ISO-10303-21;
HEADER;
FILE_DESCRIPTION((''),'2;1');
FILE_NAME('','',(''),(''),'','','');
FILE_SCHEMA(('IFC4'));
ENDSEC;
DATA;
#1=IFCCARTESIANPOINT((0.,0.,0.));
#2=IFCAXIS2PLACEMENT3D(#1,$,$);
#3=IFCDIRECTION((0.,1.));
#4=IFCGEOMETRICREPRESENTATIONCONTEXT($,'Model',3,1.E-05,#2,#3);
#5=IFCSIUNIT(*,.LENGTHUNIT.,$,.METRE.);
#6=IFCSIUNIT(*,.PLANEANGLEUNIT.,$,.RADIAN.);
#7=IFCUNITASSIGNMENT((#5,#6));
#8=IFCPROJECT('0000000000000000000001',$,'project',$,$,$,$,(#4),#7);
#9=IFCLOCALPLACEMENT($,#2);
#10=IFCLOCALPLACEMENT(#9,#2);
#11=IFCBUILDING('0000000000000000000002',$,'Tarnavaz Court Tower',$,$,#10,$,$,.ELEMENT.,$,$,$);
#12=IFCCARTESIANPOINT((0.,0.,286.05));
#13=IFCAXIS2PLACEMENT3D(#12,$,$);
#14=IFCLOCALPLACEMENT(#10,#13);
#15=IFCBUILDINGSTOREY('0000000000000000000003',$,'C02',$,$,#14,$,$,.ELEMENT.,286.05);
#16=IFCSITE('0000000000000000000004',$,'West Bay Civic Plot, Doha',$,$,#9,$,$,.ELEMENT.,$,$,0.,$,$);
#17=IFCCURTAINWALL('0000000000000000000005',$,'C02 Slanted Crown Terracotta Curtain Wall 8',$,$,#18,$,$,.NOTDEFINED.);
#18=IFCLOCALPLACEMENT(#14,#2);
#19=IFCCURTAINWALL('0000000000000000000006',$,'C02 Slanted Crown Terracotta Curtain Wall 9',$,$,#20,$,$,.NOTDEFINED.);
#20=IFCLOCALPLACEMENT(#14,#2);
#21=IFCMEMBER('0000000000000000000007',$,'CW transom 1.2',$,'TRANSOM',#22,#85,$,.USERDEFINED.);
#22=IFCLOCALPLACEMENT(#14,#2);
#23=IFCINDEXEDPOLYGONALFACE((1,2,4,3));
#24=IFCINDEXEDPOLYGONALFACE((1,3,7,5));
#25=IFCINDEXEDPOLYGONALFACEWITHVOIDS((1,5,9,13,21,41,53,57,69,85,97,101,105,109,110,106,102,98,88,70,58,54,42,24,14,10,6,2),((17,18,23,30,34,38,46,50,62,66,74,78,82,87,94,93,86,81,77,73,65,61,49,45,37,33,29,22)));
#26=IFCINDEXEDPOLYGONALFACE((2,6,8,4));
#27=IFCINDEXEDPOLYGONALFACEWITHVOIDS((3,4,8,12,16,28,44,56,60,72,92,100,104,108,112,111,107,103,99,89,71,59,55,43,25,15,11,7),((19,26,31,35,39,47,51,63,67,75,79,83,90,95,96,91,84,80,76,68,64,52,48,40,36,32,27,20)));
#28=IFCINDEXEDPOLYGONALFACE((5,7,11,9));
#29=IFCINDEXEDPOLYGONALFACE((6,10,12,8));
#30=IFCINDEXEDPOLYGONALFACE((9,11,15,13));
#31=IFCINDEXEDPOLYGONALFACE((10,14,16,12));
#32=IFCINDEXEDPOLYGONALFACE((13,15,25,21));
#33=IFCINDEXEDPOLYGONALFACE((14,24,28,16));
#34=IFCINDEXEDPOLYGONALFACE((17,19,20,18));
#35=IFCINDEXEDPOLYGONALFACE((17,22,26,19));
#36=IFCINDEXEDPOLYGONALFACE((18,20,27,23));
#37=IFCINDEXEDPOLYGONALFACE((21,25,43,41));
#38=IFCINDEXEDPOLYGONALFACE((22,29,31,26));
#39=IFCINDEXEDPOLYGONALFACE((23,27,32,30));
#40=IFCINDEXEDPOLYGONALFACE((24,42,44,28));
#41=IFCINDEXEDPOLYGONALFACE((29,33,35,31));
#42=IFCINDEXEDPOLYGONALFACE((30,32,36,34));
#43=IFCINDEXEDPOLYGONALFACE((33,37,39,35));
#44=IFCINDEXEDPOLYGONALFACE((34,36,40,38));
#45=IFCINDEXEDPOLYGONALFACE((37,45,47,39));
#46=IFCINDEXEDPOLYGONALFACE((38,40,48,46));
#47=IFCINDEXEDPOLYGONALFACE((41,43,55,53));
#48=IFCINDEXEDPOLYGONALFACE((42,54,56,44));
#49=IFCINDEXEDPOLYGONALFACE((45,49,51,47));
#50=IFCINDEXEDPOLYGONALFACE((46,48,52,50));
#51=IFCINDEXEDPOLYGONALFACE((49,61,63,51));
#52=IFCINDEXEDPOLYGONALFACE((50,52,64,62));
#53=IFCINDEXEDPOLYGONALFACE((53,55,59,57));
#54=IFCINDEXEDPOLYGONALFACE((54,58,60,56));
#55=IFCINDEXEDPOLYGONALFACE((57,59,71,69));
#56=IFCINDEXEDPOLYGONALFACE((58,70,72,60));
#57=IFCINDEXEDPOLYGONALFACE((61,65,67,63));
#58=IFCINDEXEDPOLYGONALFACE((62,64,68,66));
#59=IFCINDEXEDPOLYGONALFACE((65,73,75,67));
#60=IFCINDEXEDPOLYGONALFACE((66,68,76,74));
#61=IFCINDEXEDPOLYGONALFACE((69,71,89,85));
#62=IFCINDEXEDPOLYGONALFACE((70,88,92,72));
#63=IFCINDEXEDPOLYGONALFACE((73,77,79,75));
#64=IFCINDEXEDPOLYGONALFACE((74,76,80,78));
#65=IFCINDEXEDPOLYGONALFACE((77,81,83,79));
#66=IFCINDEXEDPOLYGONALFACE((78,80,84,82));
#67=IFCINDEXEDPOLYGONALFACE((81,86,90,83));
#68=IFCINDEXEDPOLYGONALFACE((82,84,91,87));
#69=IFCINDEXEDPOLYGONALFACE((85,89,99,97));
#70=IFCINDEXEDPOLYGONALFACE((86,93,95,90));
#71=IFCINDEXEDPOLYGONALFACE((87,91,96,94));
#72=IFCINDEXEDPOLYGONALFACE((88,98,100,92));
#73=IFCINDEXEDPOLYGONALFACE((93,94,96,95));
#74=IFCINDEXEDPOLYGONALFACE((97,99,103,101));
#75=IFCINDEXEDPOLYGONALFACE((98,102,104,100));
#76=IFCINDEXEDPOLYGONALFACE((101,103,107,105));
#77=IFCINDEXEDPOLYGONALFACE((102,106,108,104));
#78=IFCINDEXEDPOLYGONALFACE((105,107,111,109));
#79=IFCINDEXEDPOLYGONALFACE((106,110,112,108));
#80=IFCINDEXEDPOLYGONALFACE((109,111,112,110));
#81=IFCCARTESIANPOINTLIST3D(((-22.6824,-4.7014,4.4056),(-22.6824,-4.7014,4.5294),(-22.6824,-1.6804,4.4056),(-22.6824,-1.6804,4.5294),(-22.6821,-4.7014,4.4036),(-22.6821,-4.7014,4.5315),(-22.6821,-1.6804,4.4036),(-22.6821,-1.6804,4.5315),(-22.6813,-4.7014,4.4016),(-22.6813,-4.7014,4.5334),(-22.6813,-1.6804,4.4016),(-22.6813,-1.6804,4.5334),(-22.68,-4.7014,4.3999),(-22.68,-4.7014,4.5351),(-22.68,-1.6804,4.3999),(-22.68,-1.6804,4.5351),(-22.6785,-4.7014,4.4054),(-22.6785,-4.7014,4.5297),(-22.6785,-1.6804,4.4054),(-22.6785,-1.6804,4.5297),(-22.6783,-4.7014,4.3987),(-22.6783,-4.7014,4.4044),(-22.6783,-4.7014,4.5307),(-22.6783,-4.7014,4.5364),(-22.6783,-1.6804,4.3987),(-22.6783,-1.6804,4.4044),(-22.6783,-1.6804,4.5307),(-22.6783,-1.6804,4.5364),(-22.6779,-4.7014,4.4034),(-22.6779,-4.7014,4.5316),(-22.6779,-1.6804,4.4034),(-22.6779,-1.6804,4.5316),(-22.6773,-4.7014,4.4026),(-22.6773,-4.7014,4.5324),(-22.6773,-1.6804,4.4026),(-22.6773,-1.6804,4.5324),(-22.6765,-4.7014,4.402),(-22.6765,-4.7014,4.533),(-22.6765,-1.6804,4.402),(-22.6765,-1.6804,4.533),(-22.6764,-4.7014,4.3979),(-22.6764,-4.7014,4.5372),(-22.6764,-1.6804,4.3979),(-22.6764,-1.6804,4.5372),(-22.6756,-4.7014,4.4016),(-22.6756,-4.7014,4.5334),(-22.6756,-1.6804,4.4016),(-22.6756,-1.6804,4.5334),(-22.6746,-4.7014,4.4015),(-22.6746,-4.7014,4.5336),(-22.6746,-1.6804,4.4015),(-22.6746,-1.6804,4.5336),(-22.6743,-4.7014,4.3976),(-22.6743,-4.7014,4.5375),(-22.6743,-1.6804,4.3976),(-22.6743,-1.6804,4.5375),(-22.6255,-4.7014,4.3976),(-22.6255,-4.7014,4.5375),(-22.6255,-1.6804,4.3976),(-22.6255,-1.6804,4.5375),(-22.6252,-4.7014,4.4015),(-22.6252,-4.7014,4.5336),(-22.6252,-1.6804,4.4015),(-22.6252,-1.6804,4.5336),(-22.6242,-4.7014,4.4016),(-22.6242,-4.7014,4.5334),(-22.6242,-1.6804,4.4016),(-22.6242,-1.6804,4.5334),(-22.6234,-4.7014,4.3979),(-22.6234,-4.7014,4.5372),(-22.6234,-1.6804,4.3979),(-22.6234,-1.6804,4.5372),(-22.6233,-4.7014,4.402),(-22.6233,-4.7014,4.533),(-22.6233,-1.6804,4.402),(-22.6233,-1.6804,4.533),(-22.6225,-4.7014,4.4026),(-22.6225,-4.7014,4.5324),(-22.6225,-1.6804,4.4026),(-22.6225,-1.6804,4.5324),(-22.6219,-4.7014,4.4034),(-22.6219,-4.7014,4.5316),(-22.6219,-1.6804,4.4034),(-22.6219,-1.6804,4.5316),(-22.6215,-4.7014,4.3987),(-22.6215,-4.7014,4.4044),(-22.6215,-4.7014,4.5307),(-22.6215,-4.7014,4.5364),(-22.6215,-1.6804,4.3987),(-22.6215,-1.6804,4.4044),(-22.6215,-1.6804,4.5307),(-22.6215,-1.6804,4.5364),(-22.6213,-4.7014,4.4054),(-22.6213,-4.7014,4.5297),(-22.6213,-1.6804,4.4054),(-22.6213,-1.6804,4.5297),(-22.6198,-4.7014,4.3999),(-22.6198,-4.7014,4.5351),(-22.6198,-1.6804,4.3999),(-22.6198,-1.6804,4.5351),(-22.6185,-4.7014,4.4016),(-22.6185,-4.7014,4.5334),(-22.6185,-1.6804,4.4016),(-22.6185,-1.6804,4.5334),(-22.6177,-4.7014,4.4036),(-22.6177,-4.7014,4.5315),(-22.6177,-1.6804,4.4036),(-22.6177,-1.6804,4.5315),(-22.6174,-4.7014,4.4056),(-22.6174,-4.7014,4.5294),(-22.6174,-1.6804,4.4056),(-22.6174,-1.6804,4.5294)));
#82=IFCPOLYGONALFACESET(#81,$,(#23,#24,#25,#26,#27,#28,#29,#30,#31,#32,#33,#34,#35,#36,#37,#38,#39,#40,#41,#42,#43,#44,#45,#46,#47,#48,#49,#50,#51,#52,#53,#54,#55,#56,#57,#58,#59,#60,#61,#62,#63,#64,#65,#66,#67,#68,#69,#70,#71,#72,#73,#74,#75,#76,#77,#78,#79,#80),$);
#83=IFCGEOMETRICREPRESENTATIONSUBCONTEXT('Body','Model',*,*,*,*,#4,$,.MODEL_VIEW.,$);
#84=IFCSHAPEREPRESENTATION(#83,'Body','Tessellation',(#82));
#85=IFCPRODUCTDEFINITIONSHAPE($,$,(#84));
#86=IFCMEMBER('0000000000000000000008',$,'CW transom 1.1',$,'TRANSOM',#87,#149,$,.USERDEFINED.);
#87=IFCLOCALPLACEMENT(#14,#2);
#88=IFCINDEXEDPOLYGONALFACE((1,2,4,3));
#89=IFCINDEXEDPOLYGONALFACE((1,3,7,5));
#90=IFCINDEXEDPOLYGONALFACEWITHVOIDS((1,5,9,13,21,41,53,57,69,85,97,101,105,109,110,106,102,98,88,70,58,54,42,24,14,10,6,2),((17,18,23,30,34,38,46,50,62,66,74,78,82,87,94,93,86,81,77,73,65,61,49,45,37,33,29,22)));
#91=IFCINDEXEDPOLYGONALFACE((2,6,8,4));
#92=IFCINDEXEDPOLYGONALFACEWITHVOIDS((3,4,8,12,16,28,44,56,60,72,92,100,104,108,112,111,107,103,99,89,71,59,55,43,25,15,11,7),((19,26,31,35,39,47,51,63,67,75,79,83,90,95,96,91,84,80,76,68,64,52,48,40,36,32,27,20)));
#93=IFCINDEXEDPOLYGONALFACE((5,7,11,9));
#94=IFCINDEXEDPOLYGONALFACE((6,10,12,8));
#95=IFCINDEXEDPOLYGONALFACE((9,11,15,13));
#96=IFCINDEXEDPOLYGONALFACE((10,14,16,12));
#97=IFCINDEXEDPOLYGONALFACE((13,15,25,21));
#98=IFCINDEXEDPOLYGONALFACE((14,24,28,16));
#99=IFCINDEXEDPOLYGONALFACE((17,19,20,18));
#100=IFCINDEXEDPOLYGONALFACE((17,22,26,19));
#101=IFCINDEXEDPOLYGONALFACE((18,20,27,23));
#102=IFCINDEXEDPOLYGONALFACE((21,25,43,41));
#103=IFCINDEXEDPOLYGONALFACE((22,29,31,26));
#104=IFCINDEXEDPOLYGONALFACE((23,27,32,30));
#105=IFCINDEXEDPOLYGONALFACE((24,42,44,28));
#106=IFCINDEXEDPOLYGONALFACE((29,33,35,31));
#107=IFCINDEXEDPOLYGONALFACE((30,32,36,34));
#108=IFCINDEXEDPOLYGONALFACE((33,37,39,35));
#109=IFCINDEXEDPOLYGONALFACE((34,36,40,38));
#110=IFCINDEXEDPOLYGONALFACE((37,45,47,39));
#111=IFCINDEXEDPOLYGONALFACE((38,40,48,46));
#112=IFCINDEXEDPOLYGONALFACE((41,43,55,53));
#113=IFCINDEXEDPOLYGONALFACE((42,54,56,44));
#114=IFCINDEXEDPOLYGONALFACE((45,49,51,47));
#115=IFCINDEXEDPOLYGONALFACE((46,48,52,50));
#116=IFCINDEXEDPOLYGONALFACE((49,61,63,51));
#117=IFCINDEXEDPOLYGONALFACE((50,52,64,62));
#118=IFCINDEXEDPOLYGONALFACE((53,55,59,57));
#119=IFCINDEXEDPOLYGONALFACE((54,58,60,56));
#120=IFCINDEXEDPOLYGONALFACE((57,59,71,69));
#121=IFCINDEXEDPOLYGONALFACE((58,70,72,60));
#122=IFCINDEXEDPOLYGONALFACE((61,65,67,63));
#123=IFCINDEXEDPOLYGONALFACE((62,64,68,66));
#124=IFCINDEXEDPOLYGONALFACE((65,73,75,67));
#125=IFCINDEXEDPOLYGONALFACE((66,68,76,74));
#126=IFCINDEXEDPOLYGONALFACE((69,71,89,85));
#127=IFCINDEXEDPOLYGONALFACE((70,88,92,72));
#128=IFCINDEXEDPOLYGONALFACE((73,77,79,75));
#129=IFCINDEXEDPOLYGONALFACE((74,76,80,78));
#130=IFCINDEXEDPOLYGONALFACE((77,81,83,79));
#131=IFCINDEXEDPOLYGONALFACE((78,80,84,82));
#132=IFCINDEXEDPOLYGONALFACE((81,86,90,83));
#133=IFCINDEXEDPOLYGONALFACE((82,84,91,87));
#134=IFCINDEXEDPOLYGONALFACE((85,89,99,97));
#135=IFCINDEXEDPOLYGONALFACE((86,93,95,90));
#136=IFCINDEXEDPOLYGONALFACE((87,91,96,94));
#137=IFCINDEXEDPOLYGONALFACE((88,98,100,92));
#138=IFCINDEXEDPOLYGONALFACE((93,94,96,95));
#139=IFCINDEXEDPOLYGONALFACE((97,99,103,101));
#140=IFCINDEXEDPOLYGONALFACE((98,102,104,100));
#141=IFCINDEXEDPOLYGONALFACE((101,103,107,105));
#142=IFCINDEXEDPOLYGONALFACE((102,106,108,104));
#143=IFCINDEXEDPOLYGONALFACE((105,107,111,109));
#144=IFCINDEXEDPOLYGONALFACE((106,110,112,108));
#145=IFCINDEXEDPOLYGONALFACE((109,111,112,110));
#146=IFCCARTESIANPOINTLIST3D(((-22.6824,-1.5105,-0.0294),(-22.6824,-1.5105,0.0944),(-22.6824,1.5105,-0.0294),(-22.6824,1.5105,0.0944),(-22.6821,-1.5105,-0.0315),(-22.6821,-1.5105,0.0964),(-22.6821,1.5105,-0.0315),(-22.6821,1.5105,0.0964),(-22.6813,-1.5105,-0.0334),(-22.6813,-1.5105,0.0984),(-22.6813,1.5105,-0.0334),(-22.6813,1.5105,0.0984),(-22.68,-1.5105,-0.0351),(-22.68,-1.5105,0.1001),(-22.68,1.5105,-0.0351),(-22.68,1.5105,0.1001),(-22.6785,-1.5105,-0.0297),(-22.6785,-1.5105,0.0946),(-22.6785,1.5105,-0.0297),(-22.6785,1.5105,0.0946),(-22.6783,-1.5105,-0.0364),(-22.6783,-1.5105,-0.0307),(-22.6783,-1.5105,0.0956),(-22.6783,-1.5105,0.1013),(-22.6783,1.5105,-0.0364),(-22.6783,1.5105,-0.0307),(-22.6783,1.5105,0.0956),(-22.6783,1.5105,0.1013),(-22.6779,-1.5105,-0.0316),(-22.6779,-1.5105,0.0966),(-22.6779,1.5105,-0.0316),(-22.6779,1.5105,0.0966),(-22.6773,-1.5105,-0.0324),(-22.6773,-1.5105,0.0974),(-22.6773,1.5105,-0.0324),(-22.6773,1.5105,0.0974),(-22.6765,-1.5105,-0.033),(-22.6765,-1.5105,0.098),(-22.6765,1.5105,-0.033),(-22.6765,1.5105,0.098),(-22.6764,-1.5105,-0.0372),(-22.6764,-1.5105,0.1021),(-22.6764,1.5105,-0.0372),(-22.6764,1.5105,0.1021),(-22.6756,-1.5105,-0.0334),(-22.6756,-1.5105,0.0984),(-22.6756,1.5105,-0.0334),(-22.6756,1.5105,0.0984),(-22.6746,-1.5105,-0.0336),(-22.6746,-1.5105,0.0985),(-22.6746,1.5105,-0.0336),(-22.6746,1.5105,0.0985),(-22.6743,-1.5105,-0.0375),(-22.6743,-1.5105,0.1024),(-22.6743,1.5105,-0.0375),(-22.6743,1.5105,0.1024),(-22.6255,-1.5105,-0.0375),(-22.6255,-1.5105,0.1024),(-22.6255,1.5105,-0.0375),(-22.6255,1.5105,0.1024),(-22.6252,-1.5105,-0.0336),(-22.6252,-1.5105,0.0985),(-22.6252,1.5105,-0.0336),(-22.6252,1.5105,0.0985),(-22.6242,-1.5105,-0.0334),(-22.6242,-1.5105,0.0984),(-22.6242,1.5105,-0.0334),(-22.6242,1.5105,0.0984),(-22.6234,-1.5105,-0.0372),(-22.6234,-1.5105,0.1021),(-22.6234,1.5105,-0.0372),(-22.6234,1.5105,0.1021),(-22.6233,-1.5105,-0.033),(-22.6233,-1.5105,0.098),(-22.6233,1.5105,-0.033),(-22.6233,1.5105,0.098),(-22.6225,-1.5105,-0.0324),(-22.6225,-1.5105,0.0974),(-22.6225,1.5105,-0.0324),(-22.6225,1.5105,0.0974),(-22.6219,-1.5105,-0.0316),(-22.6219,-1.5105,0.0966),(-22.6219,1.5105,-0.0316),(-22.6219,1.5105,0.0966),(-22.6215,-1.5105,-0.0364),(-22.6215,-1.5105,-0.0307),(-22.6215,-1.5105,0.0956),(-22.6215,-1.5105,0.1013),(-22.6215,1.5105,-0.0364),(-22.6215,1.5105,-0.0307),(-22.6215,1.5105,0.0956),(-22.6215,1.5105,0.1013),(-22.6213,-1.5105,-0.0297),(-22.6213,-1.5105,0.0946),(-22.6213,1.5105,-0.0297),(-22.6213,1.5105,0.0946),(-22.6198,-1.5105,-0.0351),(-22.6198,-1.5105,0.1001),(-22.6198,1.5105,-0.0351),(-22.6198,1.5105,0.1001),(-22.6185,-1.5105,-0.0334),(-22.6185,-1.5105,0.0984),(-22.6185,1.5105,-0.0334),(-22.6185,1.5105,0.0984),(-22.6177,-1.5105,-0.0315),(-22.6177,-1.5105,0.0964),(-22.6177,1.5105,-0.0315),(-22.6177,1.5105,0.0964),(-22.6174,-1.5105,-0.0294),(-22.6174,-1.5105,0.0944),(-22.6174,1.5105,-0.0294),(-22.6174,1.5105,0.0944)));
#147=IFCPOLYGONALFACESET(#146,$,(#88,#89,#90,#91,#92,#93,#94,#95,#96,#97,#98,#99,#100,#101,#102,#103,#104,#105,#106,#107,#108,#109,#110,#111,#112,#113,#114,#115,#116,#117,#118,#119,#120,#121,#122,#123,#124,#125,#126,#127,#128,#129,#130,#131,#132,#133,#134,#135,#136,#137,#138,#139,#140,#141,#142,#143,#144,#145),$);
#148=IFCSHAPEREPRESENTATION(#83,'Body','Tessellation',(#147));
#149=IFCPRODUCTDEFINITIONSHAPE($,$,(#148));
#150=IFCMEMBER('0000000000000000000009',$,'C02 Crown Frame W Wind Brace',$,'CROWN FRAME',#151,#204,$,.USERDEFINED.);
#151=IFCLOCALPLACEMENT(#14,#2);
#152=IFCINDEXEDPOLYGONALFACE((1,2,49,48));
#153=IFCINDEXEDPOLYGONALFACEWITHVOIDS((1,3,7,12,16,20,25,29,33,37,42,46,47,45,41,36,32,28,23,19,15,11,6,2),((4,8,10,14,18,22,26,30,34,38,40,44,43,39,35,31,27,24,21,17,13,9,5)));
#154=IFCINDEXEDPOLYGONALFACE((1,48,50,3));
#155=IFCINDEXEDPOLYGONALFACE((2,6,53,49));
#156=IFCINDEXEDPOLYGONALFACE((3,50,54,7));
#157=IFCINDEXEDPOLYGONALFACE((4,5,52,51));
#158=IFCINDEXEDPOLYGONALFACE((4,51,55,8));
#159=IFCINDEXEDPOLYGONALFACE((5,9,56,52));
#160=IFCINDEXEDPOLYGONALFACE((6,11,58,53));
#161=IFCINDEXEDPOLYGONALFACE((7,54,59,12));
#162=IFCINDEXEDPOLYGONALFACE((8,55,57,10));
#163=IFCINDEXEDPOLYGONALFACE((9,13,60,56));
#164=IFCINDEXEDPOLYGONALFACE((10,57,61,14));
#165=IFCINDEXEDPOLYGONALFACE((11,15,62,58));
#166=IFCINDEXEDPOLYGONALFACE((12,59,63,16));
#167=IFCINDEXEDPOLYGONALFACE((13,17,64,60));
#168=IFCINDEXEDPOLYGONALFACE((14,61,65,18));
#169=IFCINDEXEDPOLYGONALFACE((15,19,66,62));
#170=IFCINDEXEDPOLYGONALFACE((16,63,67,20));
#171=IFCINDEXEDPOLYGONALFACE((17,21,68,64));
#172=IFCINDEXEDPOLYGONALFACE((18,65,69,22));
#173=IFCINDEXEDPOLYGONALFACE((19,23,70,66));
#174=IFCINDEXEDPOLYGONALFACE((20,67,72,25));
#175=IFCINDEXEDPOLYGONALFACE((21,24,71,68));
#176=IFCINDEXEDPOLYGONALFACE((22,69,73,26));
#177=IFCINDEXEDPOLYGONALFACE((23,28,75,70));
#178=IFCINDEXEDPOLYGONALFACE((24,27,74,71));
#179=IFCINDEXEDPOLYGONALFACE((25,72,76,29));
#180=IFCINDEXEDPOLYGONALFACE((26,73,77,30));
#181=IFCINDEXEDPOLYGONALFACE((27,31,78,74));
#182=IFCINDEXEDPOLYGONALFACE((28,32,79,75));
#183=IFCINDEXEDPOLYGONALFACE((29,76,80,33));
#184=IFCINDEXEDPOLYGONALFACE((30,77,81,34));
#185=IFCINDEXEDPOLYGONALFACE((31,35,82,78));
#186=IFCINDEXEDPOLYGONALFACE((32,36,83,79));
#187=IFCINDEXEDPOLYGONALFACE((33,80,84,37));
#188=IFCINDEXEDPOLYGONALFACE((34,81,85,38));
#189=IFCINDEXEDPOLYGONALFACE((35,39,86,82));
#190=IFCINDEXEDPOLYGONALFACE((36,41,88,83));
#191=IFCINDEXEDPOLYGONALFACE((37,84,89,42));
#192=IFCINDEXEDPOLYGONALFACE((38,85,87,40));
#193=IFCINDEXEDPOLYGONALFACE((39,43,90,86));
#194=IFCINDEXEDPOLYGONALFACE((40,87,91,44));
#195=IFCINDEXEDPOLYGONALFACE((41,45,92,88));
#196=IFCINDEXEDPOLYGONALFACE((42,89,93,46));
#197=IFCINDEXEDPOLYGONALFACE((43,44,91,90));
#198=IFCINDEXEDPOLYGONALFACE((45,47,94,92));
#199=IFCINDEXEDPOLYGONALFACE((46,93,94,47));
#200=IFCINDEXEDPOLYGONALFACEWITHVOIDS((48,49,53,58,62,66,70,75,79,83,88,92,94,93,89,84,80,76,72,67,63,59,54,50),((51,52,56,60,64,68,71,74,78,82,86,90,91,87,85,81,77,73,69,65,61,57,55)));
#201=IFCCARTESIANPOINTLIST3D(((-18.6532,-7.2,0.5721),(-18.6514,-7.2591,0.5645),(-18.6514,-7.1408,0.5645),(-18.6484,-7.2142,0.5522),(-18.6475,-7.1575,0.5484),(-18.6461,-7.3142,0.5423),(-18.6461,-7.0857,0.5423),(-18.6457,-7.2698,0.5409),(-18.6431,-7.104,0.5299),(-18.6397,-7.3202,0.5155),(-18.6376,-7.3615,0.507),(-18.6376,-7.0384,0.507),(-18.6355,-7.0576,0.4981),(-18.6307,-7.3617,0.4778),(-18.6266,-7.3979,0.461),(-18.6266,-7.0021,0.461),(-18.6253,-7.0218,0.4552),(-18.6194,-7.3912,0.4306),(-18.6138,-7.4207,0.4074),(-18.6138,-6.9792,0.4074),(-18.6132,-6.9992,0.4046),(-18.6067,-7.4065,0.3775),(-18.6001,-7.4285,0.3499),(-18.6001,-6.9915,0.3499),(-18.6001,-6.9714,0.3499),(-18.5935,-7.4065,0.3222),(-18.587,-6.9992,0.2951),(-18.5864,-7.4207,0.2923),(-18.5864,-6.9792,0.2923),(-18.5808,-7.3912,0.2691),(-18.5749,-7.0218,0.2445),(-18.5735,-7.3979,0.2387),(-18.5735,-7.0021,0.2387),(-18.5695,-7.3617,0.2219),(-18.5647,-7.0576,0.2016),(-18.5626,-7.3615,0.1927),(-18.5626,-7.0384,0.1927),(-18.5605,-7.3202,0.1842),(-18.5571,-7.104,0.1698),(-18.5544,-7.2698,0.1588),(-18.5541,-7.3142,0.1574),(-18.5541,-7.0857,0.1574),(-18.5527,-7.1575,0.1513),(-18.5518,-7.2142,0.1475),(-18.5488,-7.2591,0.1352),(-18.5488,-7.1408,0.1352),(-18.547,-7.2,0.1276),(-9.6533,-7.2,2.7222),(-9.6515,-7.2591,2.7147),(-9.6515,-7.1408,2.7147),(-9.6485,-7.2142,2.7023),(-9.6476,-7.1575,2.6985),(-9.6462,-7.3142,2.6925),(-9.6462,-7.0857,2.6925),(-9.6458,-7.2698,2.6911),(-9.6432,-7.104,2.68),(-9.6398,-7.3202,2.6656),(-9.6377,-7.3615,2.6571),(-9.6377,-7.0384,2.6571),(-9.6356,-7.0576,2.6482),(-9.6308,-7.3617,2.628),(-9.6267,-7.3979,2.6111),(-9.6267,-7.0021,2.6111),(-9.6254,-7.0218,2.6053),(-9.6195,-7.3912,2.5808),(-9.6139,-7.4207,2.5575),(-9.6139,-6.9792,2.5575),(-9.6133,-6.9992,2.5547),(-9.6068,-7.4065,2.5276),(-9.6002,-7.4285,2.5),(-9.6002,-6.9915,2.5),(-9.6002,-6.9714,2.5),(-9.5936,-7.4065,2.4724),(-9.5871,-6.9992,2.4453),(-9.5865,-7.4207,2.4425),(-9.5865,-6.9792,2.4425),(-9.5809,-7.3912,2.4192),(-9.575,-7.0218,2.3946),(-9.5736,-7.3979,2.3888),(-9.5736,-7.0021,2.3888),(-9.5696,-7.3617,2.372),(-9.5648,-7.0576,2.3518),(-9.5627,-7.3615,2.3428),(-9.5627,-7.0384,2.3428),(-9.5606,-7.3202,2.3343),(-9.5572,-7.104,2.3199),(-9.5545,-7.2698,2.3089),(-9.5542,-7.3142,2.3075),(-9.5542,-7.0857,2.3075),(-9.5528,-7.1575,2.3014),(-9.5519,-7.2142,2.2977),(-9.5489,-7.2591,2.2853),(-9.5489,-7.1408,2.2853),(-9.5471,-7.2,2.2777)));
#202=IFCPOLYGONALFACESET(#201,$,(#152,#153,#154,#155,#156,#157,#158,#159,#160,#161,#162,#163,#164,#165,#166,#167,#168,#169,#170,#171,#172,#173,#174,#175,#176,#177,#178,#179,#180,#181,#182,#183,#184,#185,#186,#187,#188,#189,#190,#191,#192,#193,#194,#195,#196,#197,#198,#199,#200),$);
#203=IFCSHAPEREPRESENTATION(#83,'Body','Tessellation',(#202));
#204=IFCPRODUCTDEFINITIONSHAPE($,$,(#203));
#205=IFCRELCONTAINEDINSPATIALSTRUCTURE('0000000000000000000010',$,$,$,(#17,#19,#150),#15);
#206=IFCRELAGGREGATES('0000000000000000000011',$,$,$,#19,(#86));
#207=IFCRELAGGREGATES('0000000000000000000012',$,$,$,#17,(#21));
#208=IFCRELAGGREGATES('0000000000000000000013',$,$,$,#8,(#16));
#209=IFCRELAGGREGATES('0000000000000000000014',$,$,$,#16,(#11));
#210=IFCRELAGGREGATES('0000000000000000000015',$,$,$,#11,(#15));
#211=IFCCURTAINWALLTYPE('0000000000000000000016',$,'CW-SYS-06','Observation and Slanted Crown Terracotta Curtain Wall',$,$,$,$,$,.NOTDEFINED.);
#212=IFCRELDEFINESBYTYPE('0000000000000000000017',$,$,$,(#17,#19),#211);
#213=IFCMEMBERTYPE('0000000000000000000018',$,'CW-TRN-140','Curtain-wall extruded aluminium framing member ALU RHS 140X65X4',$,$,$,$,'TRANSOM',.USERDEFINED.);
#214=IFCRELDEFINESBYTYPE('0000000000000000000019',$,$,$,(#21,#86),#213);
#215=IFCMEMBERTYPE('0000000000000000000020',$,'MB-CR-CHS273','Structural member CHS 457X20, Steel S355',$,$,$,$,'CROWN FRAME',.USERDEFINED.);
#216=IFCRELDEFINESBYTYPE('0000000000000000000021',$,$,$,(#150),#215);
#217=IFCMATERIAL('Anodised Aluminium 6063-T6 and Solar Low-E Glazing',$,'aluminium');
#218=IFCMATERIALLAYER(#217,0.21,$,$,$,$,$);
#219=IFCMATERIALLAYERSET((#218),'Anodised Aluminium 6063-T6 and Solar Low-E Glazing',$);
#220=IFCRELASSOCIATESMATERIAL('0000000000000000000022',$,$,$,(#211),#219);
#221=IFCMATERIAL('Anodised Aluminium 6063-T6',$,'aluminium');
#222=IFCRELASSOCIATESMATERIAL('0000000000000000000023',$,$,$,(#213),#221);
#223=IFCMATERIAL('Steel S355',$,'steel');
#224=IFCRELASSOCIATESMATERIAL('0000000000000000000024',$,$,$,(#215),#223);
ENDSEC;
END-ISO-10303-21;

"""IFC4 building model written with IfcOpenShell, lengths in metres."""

from ifc_helpers import new_model, si_unit, direction, frame, origin, origin_2d, place, context, subcontext, project, spatial, hollow_rectangle, hollow_circle, extrude, material, layer, layer_set, material_profile, profile_set, type_object, element, aggregate, save


model = new_model("IFC4")

# Units and contexts
model_context = context("Model", 3, precision=1e-05, world=origin(), true_north=direction((0.0, 1.0)))
body_context = subcontext(model_context, "Body", "Model", "MODEL_VIEW")
ifc_project = project(units=[si_unit("LENGTHUNIT", "METRE"), si_unit("PLANEANGLEUNIT", "RADIAN")], contexts=[model_context])

# Site, building, storey
site_placement = place(None, origin())
site = spatial("IfcSite", under=ifc_project, at=site_placement, Name="West Bay Civic Plot, Doha", CompositionType="ELEMENT", RefElevation=0.0)
building_placement = place(site_placement, origin())
building = spatial("IfcBuilding", under=site, at=building_placement, Name="Tarnavaz Court Tower", CompositionType="ELEMENT")
storey_placement = place(building_placement, frame((0.0, 0.0, 286.05)))
storey = spatial("IfcBuildingStorey", under=building, at=storey_placement, Name="C02", CompositionType="ELEMENT", Elevation=286.05)

# Shared definitions
ifc_material_1 = material(Name="Steel S355", Category="steel")

# Curtain wall
ifc_material_2 = material(Name="Anodised Aluminium 6063-T6 and Solar Low-E Glazing", Category="aluminium")
ifc_layer_1 = layer(ifc_material_2, 0.21)
ifc_layer_set_1 = layer_set([ifc_layer_1], Name="Anodised Aluminium 6063-T6 and Solar Low-E Glazing")
curtain_wall_type = type_object("IfcCurtainWallType", Name="CW-SYS-06", Description="Observation and Slanted Crown Terracotta Curtain Wall", PredefinedType="NOTDEFINED", material=ifc_layer_set_1)
ifc_material_3 = material(Name="Anodised Aluminium 6063-T6", Category="aluminium")
curtain_wall_1_placement = place(storey_placement, origin())
curtain_wall_1 = element("IfcCurtainWall", 1, at=curtain_wall_1_placement, inside=storey, type_object=curtain_wall_type, Name="C02 Slanted Crown Terracotta Curtain Wall 8", PredefinedType="NOTDEFINED")

# Curtain wall
curtain_wall_2_placement = place(storey_placement, origin())
curtain_wall_2 = element("IfcCurtainWall", 2, at=curtain_wall_2_placement, inside=storey, type_object=curtain_wall_type, Name="C02 Slanted Crown Terracotta Curtain Wall 9", PredefinedType="NOTDEFINED")

# Members
ifc_material_profile_1 = material_profile(ifc_material_3, hollow_rectangle(XDim=0.0649, YDim=0.1399, WallThickness=0.0039, InnerFilletRadius=0.0039, OuterFilletRadius=0.0081, at=origin_2d()), Name="ALU RHS 140X65X4")
ifc_profile_set_1 = profile_set([ifc_material_profile_1], Name="Anodised Aluminium 6063-T6")
member_type_1 = type_object("IfcMemberType", Name="CW-TRN-140", Description="Curtain-wall extruded aluminium framing member ALU RHS 140X65X4", ElementType="TRANSOM", PredefinedType="USERDEFINED", material=ifc_profile_set_1)
member_1_placement = place(storey_placement, frame((-22.6499, -4.7014, 4.4675), z_axis=(0.0, 1.0, 0.0), x_axis=(-1.0, 0.0, 0.0)))
member_1 = element("IfcMember", 3, at=member_1_placement, type_object=member_type_1, Name="CW transom 1.2", ObjectType="TRANSOM", PredefinedType="USERDEFINED", context=body_context, shape_type="SweptSolid", body=[
    extrude(hollow_rectangle(XDim=0.0649, YDim=0.1399, WallThickness=0.0039, InnerFilletRadius=0.0039, OuterFilletRadius=0.0081, at=origin_2d()), origin(), (0.0, 0.0, 1.0), 3.021),
])
member_2_placement = place(storey_placement, frame((-22.6499, -1.5105, 0.0325), z_axis=(0.0, 1.0, 0.0), x_axis=(-1.0, 0.0, 0.0)))
member_2 = element("IfcMember", 4, at=member_2_placement, type_object=member_type_1, Name="CW transom 1.1", ObjectType="TRANSOM", PredefinedType="USERDEFINED", context=body_context, shape_type="SweptSolid", body=[
    extrude(hollow_rectangle(XDim=0.0649, YDim=0.1399, WallThickness=0.0039, InnerFilletRadius=0.0039, OuterFilletRadius=0.0081, at=origin_2d()), origin(), (0.0, 0.0, 1.0), 3.021),
])
aggregate(curtain_wall_2, [member_2])
ifc_material_profile_2 = material_profile(ifc_material_1, hollow_circle(Radius=0.2285, WallThickness=0.02, at=origin_2d()), Name="CHS 457X20")
ifc_profile_set_2 = profile_set([ifc_material_profile_2], Name="Steel S355")
member_type_2 = type_object("IfcMemberType", Name="MB-CR-CHS273", Description="Structural member CHS 457X20, Steel S355", ElementType="CROWN FRAME", PredefinedType="USERDEFINED", material=ifc_profile_set_2)
member_3_placement = place(storey_placement, frame((-18.6001, -7.2, 0.3499), z_axis=(0.972628, 0.0, 0.232366), x_axis=(0.0, 1.0, 0.0)))
element("IfcMember", 5, at=member_3_placement, inside=storey, type_object=member_type_2, Name="C02 Crown Frame W Wind Brace", ObjectType="CROWN FRAME", PredefinedType="USERDEFINED", context=body_context, shape_type="SweptSolid", body=[
    extrude(hollow_circle(Radius=0.2285, WallThickness=0.02, at=origin_2d()), origin(), (0.0, 0.0, 1.0), 9.2532),
])

aggregate(curtain_wall_1, [member_1])

save(model, "model.ifc")
